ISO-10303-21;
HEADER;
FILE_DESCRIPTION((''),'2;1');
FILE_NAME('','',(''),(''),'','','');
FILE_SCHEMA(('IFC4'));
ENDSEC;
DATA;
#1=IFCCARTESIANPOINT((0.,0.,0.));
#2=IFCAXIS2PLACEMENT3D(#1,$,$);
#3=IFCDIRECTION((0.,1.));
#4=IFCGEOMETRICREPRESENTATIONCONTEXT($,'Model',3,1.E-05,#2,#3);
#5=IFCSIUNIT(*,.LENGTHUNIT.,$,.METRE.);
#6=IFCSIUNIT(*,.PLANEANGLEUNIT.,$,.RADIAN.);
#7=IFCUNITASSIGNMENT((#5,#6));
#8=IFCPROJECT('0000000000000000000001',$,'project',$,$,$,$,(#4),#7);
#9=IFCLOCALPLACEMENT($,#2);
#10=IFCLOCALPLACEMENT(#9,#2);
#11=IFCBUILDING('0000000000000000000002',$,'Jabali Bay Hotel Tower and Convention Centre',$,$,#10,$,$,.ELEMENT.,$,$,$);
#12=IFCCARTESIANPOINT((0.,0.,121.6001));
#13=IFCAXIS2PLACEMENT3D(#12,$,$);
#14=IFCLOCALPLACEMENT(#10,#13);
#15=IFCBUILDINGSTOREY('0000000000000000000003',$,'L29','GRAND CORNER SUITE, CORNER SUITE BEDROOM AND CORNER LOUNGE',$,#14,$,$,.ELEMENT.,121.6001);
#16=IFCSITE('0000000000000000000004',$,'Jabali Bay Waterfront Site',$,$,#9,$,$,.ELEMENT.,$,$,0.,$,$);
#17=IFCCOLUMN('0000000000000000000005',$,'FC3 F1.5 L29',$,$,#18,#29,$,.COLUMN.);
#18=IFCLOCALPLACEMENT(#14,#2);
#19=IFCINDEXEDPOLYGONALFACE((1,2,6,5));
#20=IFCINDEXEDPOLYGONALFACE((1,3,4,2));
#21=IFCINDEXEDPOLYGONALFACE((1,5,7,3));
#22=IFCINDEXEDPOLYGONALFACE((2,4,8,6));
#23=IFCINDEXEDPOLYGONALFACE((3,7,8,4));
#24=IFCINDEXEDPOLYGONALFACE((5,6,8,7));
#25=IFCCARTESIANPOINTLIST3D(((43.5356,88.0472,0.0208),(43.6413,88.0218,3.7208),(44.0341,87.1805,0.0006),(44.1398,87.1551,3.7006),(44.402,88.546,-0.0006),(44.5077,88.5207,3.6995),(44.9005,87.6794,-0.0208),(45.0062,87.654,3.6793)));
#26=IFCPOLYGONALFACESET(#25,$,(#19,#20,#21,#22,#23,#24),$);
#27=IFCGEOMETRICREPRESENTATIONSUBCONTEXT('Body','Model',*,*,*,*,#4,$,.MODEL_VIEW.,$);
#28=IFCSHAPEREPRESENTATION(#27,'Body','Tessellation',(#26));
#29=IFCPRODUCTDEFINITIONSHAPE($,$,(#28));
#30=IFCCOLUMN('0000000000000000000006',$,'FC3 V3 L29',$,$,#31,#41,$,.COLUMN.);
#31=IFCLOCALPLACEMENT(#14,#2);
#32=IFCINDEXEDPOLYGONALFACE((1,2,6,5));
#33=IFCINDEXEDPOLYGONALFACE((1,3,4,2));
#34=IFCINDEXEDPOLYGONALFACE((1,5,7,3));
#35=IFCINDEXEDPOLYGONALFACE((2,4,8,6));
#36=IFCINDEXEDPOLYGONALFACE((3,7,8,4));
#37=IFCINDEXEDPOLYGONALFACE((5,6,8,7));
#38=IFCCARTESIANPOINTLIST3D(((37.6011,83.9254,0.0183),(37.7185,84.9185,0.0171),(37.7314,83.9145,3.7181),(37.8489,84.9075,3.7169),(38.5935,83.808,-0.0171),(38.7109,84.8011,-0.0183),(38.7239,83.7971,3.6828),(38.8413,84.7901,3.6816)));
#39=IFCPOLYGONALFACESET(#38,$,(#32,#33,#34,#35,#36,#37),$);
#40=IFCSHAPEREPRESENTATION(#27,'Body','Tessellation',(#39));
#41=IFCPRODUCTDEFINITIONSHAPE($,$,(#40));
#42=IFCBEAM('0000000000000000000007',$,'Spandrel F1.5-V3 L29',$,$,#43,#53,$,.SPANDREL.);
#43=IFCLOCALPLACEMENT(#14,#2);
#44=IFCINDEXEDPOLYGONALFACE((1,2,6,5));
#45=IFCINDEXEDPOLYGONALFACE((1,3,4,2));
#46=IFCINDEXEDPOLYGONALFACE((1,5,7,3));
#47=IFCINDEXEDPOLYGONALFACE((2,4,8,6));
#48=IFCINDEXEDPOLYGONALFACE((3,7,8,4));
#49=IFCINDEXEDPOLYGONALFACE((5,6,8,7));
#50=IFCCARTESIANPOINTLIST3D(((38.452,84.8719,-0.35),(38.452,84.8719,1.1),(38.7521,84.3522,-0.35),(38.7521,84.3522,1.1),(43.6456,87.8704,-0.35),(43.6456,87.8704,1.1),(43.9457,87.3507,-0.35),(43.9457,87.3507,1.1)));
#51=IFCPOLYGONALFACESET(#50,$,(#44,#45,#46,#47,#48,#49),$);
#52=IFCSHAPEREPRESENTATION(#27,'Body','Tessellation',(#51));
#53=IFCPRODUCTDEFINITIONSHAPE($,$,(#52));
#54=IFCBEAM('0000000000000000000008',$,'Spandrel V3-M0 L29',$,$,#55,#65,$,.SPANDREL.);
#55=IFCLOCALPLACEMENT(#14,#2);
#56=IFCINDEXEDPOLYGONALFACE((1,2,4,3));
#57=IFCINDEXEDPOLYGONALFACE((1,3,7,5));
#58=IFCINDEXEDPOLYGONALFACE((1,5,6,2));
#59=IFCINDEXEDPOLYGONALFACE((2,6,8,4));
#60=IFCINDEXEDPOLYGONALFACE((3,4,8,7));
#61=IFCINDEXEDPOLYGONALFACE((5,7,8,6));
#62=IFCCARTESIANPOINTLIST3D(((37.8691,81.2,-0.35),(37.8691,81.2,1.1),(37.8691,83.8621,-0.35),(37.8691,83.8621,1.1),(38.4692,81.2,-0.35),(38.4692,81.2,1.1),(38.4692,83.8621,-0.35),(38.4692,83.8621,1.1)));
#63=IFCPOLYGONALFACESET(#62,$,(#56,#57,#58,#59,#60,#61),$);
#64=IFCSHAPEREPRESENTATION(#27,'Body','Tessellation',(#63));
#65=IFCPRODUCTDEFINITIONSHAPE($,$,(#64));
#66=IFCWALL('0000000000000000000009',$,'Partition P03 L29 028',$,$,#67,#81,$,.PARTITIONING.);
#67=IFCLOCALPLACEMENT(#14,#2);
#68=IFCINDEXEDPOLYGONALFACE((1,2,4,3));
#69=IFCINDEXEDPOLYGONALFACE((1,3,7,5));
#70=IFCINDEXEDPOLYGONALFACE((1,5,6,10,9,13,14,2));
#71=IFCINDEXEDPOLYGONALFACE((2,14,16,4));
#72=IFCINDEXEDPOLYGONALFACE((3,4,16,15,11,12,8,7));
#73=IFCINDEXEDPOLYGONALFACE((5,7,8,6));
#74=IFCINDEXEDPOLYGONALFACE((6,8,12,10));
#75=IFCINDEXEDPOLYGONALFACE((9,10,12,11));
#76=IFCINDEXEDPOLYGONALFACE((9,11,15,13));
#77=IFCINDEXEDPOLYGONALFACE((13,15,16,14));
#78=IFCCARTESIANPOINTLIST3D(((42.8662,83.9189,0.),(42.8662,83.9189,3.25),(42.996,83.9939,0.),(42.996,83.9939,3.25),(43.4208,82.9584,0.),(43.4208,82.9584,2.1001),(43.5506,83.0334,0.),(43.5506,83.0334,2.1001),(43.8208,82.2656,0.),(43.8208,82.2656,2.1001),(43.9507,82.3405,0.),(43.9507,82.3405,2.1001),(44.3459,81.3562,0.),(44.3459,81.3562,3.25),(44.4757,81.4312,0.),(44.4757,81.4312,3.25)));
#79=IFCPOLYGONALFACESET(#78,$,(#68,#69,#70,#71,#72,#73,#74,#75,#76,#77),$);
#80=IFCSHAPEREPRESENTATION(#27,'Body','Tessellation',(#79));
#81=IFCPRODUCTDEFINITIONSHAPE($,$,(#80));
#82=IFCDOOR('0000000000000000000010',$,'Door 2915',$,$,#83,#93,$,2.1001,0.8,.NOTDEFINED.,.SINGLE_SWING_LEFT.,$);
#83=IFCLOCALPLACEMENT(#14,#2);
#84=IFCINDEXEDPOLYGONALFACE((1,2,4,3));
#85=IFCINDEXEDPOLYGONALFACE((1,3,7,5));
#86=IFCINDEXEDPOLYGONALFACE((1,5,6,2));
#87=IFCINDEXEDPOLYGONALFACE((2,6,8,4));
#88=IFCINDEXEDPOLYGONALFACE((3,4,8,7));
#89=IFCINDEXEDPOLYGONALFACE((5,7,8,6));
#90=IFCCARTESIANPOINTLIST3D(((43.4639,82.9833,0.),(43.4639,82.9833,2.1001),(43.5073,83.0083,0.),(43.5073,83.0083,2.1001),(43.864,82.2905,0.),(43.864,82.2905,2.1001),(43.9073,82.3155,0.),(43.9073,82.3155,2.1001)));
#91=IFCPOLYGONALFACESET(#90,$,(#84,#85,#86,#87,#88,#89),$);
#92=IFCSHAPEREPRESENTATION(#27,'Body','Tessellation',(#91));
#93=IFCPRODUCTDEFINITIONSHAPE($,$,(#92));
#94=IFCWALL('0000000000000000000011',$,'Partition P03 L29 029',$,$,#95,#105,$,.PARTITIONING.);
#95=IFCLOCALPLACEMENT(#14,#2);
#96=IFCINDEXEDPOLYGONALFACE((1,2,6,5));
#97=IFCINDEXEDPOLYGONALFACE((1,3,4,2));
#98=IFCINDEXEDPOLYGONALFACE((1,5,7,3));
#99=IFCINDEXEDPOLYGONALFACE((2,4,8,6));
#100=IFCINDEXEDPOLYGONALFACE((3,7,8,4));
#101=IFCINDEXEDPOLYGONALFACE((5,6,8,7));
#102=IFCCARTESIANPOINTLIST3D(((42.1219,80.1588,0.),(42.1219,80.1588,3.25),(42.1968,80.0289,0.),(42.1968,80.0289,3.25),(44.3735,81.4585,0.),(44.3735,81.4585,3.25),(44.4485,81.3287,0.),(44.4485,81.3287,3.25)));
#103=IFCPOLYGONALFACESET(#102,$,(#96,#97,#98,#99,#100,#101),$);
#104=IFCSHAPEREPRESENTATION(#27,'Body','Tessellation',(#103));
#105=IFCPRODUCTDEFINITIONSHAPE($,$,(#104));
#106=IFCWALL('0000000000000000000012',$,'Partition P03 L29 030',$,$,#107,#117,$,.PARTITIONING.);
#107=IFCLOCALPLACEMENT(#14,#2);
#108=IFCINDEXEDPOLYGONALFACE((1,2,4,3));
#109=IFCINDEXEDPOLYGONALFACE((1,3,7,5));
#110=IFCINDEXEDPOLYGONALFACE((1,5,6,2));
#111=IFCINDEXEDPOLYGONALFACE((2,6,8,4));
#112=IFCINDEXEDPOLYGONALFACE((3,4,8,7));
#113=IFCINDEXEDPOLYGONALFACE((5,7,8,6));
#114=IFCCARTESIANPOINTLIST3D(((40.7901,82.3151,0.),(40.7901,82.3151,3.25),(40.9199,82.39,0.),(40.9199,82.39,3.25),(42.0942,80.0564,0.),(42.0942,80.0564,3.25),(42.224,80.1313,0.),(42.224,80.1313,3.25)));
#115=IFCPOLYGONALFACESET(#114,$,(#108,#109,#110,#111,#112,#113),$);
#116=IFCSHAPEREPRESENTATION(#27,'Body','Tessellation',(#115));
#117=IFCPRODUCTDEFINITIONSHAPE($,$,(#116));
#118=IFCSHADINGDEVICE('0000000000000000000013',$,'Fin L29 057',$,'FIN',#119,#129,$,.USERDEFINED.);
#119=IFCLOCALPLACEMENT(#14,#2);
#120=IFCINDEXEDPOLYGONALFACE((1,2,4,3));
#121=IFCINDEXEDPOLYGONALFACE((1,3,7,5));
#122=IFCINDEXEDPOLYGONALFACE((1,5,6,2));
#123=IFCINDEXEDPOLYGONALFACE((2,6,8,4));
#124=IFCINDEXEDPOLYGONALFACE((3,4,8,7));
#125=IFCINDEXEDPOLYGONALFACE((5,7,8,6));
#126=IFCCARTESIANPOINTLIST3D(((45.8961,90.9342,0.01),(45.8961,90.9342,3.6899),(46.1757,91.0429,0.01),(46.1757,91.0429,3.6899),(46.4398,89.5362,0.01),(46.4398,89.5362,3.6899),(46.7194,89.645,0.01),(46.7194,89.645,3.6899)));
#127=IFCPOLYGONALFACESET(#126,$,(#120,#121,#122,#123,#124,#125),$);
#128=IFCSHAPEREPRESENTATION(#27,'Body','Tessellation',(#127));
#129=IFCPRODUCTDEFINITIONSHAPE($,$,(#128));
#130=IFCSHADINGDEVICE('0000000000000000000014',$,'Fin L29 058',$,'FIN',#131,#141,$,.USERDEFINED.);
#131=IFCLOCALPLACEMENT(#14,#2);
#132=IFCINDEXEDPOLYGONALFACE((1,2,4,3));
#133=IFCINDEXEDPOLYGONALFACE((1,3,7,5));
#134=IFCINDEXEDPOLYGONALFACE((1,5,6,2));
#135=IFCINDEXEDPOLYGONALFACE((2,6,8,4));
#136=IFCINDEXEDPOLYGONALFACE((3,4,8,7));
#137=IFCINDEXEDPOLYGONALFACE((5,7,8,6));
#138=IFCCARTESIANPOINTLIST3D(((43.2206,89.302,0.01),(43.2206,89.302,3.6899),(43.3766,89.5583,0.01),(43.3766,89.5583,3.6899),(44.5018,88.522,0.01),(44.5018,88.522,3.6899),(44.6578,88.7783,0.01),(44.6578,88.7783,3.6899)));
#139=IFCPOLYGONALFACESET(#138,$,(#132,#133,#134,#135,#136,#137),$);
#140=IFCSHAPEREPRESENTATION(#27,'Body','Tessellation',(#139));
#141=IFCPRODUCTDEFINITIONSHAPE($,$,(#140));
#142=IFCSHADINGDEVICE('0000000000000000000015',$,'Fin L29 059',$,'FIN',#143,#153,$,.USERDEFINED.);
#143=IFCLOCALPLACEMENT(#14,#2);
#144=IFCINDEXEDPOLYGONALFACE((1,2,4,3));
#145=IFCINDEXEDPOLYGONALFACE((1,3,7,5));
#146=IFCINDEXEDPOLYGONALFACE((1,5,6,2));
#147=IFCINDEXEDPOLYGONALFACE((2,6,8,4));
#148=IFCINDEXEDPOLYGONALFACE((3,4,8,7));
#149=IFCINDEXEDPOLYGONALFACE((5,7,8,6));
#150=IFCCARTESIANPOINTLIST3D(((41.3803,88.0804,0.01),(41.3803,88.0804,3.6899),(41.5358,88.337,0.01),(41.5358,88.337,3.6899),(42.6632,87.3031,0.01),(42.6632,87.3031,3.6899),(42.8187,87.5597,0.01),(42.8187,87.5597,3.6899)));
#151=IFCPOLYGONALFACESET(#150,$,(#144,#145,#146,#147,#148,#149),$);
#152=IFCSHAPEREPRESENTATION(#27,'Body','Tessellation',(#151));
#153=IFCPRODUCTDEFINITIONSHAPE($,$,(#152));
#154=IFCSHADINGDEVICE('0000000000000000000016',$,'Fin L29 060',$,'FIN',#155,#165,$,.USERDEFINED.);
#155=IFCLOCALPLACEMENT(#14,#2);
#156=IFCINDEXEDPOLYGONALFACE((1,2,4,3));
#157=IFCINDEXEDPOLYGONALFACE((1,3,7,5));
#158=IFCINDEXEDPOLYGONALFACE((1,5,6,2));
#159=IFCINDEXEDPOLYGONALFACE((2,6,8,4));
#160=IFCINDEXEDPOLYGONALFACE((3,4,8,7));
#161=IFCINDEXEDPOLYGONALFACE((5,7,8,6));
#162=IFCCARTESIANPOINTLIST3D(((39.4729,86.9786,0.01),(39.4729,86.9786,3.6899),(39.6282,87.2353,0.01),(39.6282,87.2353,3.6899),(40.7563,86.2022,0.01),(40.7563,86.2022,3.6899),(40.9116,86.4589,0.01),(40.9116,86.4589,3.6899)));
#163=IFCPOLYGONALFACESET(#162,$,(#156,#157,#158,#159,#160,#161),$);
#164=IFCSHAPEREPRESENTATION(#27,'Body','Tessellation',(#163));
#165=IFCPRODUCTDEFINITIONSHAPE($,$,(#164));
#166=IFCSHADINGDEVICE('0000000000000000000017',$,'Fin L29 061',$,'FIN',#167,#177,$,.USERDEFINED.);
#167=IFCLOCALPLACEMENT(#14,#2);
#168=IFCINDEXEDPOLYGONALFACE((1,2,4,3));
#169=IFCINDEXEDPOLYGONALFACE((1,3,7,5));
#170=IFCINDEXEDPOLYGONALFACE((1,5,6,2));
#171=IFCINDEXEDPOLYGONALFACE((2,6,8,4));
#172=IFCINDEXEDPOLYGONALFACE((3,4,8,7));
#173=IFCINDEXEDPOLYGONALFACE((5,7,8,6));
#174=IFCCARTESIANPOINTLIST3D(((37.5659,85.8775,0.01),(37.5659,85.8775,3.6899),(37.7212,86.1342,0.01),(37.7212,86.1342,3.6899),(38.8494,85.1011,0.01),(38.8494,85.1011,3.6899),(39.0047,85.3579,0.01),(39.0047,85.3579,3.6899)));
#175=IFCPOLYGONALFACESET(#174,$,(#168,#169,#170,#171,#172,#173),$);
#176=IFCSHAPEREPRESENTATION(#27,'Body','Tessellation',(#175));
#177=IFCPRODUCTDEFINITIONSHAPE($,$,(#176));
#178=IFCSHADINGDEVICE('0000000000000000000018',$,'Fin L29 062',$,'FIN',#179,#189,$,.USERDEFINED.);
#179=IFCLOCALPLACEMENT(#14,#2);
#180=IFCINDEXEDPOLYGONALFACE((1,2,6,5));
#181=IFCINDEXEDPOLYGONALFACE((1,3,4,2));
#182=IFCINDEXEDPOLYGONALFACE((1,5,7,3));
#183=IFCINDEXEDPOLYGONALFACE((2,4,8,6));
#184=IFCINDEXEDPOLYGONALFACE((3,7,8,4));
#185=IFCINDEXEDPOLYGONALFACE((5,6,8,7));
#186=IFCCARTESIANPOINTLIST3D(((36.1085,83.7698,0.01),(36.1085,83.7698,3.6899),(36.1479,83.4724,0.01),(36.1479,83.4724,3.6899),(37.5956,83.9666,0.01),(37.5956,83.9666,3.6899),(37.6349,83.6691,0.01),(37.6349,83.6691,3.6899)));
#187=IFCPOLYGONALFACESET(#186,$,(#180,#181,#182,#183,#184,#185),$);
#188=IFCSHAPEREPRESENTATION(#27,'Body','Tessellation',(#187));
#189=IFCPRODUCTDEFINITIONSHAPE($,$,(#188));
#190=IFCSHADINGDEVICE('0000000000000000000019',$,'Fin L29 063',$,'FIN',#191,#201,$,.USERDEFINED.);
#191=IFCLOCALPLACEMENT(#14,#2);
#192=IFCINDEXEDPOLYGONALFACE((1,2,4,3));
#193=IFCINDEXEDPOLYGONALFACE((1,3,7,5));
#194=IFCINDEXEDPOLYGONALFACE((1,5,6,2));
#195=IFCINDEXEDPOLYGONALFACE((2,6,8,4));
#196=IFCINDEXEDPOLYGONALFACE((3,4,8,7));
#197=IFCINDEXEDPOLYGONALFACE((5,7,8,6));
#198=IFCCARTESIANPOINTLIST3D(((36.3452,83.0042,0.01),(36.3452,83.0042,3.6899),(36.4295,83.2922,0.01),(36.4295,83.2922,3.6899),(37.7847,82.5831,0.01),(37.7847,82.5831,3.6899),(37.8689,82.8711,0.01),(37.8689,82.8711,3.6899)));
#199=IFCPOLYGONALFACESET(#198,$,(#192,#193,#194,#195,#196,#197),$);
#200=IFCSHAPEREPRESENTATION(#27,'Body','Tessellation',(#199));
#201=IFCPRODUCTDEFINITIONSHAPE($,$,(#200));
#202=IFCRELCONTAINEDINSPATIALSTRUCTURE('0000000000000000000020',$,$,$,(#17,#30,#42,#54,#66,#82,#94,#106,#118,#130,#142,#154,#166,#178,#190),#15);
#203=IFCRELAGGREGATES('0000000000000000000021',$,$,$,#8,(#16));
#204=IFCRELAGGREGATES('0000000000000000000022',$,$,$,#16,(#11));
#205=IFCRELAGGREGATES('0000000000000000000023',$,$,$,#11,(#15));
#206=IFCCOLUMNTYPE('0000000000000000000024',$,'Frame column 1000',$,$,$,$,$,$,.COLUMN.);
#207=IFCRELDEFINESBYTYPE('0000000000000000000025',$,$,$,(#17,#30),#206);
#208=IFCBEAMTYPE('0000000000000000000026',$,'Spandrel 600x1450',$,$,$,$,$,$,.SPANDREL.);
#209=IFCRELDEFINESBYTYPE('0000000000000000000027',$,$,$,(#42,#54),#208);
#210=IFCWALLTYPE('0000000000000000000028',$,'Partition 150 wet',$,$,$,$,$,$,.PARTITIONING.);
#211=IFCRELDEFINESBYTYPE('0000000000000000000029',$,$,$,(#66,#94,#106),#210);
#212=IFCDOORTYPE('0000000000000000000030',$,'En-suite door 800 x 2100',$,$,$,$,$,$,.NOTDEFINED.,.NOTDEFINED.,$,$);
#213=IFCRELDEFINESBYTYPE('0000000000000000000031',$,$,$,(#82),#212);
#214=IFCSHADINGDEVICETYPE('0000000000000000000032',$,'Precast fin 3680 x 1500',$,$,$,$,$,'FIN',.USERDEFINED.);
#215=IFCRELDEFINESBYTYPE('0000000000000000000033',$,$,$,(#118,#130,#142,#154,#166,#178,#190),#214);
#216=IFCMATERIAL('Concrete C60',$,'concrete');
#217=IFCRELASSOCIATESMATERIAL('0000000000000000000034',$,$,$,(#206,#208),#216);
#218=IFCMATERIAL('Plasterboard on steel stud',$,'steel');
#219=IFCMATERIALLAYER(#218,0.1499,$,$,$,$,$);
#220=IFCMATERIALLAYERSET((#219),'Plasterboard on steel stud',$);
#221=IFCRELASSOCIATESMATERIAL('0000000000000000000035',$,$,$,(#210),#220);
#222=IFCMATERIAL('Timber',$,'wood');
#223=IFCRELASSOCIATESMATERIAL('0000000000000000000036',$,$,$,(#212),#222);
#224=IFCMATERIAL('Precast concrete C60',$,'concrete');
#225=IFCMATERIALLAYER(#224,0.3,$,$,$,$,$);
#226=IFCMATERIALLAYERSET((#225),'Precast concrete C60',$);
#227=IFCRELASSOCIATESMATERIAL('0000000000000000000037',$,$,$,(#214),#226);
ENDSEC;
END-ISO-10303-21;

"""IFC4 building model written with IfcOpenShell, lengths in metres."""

from ifc_helpers import new_model, si_unit, direction, frame, frame_2d, origin, origin_2d, place, context, subcontext, project, spatial, rectangle, extrude, material, layer, layer_set, material_profile, profile_set, type_object, element, fill, save


model = new_model("IFC4")

# Units and contexts
model_context = context("Model", 3, precision=1e-05, world=origin(), true_north=direction((0.0, 1.0)))
body_context = subcontext(model_context, "Body", "Model", "MODEL_VIEW")
ifc_project = project(units=[si_unit("LENGTHUNIT", "METRE"), si_unit("PLANEANGLEUNIT", "RADIAN")], contexts=[model_context])

# Site, building, storey
site_placement = place(None, origin())
site = spatial("IfcSite", under=ifc_project, at=site_placement, Name="Jabali Bay Waterfront Site", CompositionType="ELEMENT", RefElevation=0.0)
building_placement = place(site_placement, origin())
building = spatial("IfcBuilding", under=site, at=building_placement, Name="Jabali Bay Hotel Tower and Convention Centre", CompositionType="ELEMENT")
storey_placement = place(building_placement, frame((0.0, 0.0, 121.6001)))
storey = spatial("IfcBuildingStorey", under=building, at=storey_placement, Name="L29", Description="GRAND CORNER SUITE, CORNER SUITE BEDROOM AND CORNER LOUNGE", CompositionType="ELEMENT", Elevation=121.6001)

# Columns
ifc_material_1 = material(Name="Concrete C60", Category="concrete")
ifc_material_profile_1 = material_profile(ifc_material_1, rectangle(XDim=1.0, YDim=1.0, at=origin_2d()), Name="Frame column 1000")
ifc_profile_set_1 = profile_set([ifc_material_profile_1], Name="Concrete C60")
column_type = type_object("IfcColumnType", Name="Frame column 1000", PredefinedType="COLUMN", material=ifc_profile_set_1)
column_1_placement = place(storey_placement, frame((44.218, 87.8633, 0.0), z_axis=(0.028559, -0.006859, 0.999569), x_axis=(-0.498515, 0.866646, 0.020191)))
element("IfcColumn", 1, at=column_1_placement, inside=storey, type_object=column_type, Name="FC3 F1.5 L29", PredefinedType="COLUMN", context=body_context, shape_type="SweptSolid", body=[
    extrude(rectangle(XDim=1.0, YDim=1.0, at=origin_2d()), origin(), (0.0, 0.0, 1.0), 3.7017),
])
column_2_placement = place(storey_placement, frame((38.156, 84.3633, 0.0), z_axis=(0.035214, -0.002967, 0.999375), x_axis=(-0.992457, 0.117395, 0.035319)))
element("IfcColumn", 2, at=column_2_placement, inside=storey, type_object=column_type, Name="FC3 V3 L29", PredefinedType="COLUMN", context=body_context, shape_type="SweptSolid", body=[
    extrude(rectangle(XDim=1.0, YDim=1.0, at=origin_2d()), origin(), (0.0, 0.0, 1.0), 3.7021),
])

# Beams
ifc_material_profile_2 = material_profile(ifc_material_1, rectangle(XDim=0.6001, YDim=1.45, at=origin_2d()), Name="Spandrel 600x1450")
ifc_profile_set_2 = profile_set([ifc_material_profile_2], Name="Concrete C60")
beam_type = type_object("IfcBeamType", Name="Spandrel 600x1450", PredefinedType="SPANDREL", material=ifc_profile_set_2)
beam_1_placement = place(storey_placement, frame((43.7957, 87.6106, 0.375), z_axis=(-0.866025, -0.500001, 0.0), x_axis=(0.500001, -0.866025, 0.0)))
element("IfcBeam", 3, at=beam_1_placement, inside=storey, type_object=beam_type, Name="Spandrel F1.5-V3 L29", PredefinedType="SPANDREL", context=body_context, shape_type="SweptSolid", body=[
    extrude(rectangle(XDim=0.6001, YDim=1.45, at=origin_2d()), origin(), (0.0, 0.0, 1.0), 5.9971),
])
beam_2_placement = place(storey_placement, frame((38.1692, 83.8621, 0.375), z_axis=(0.0, -1.0, 0.0), x_axis=(1.0, 0.0, 0.0)))
element("IfcBeam", 4, at=beam_2_placement, inside=storey, type_object=beam_type, Name="Spandrel V3-M0 L29", PredefinedType="SPANDREL", context=body_context, shape_type="SweptSolid", body=[
    extrude(rectangle(XDim=0.6001, YDim=1.45, at=origin_2d()), origin(), (0.0, 0.0, 1.0), 2.6621),
])

# Wall, opening, door
ifc_material_2 = material(Name="Plasterboard on steel stud", Category="steel")
ifc_layer_1 = layer(ifc_material_2, 0.1499)
ifc_layer_set_1 = layer_set([ifc_layer_1], Name="Plasterboard on steel stud")
wall_type_1 = type_object("IfcWallType", Name="Partition 150 wet", PredefinedType="PARTITIONING", material=ifc_layer_set_1)
wall_1_placement = place(storey_placement, frame((42.9312, 83.9563, 0.0), z_axis=(0.0, 0.0, 1.0), x_axis=(0.500034, -0.866006, 0.0)))
wall_1 = element("IfcWall", 5, at=wall_1_placement, inside=storey, type_object=wall_type_1, Name="Partition P03 L29 028", PredefinedType="PARTITIONING", context=body_context, shape_type="SweptSolid", body=[
    extrude(rectangle(XDim=2.9592, YDim=0.1499, at=frame_2d((1.4795, 0.0))), origin(), (0.0, 0.0, 1.0), 3.25),
])
opening_1_placement = place(wall_1_placement, frame((1.1091, 0.0, 0.0)))
opening_1 = element("IfcOpeningElement", 6, at=opening_1_placement, cuts=wall_1, PredefinedType="OPENING", context=body_context, shape_type="SweptSolid", body=[
    extrude(rectangle(XDim=0.8, YDim=2.1001, at=frame_2d((0.3999, 1.05))), frame((0.0, 0.0854, 0.0), z_axis=(0.0, -1.0, 0.0), x_axis=(1.0, 0.0, 0.0)), (0.0, 0.0, 1.0), 0.1709),
])
ifc_material_3 = material(Name="Timber", Category="wood")
door_type_1 = type_object("IfcDoorType", Name="En-suite door 800 x 2100", OperationType="NOTDEFINED", PredefinedType="NOTDEFINED", material=ifc_material_3)
door_1_placement = place(opening_1_placement, origin())
door_1 = element("IfcDoor", 7, at=door_1_placement, inside=storey, type_object=door_type_1, Name="Door 2915", OperationType="SINGLE_SWING_LEFT", OverallHeight=2.1001, OverallWidth=0.8, PredefinedType="NOTDEFINED", context=body_context, shape_type="SweptSolid", body=[
    extrude(rectangle(XDim=0.8, YDim=2.1001, at=frame_2d((0.3999, 1.05))), frame((0.0, 0.0249, 0.0), z_axis=(0.0, -1.0, 0.0), x_axis=(1.0, 0.0, 0.0)), (0.0, 0.0, 1.0), 0.05),
])
fill(opening_1, door_1)

# Walls
wall_2_placement = place(storey_placement, frame((44.4109, 81.3936, 0.0), z_axis=(0.0, 0.0, 1.0), x_axis=(-0.866062, -0.499937, 0.0)))
element("IfcWall", 8, at=wall_2_placement, inside=storey, type_object=wall_type_1, Name="Partition P03 L29 029", PredefinedType="PARTITIONING", context=body_context, shape_type="SweptSolid", body=[
    extrude(rectangle(XDim=2.5999, YDim=0.1499, at=frame_2d((1.2998, 0.0))), origin(), (0.0, 0.0, 1.0), 3.25),
])
wall_3_placement = place(storey_placement, frame((42.1592, 80.0938, 0.0), z_axis=(0.0, 0.0, 1.0), x_axis=(-0.500025, 0.866011, 0.0)))
element("IfcWall", 9, at=wall_3_placement, inside=storey, type_object=wall_type_1, Name="Partition P03 L29 030", PredefinedType="PARTITIONING", context=body_context, shape_type="SweptSolid", body=[
    extrude(rectangle(XDim=2.6082, YDim=0.1499, at=frame_2d((1.3042, 0.0))), origin(), (0.0, 0.0, 1.0), 3.25),
])

# Shading devices
ifc_material_4 = material(Name="Precast concrete C60", Category="concrete")
ifc_layer_2 = layer(ifc_material_4, 0.3)
ifc_layer_set_2 = layer_set([ifc_layer_2], Name="Precast concrete C60")
shading_device_type = type_object("IfcShadingDeviceType", Name="Precast fin 3680 x 1500", ElementType="FIN", PredefinedType="USERDEFINED", material=ifc_layer_set_2)
for number, where, z_axis, x_axis, name in (
    (10, (46.5796, 89.5906, 0.01), (0.0, 0.0, 1.0), (-0.362478, 0.931992, 0.0), "Fin L29 057"),
    (11, (44.5798, 88.6501, 0.01), (0.0, 0.0, 1.0), (-0.854158, 0.520014, 0.0), "Fin L29 058"),
    (12, (42.741, 87.4314, 0.01), (0.0, 0.0, 1.0), (-0.855259, 0.518201, 0.0), "Fin L29 059"),
    (13, (40.834, 86.3306, 0.01), (0.0, 0.0, 1.0), (-0.855635, 0.51758, 0.0), "Fin L29 060"),
    (14, (38.927, 85.2295, 0.01), (0.0, 0.0, 1.0), (-0.855635, 0.51758, 0.0), "Fin L29 061"),
    (15, (37.6152, 83.8179, 0.01), (0.0, 0.0, 1.0), (-0.991358, -0.131183, 0.0), "Fin L29 062"),
):
    element("IfcShadingDevice", number, at=place(storey_placement, frame(where, z_axis=z_axis, x_axis=x_axis)), inside=storey, type_object=shading_device_type, Name=name, ObjectType="FIN", PredefinedType="USERDEFINED", context=body_context, shape_type="SweptSolid", body=[
        extrude(rectangle(XDim=1.5, YDim=0.3, at=frame_2d((0.75, 0.0))), origin(), (0.0, 0.0, 1.0), 3.6799),
    ])
shading_device_1_placement = place(storey_placement, frame((37.8269, 82.7271, 0.01), z_axis=(0.0, 0.0, 1.0), x_axis=(-0.959766, 0.2808, 0.0)))
element("IfcShadingDevice", 16, at=shading_device_1_placement, inside=storey, type_object=shading_device_type, Name="Fin L29 063", ObjectType="FIN", PredefinedType="USERDEFINED", context=body_context, shape_type="SweptSolid", body=[
    extrude(rectangle(XDim=1.4998, YDim=0.3, at=frame_2d((0.75, 0.0))), origin(), (0.0, 0.0, 1.0), 3.6799),
])

save(model, "model.ifc")
